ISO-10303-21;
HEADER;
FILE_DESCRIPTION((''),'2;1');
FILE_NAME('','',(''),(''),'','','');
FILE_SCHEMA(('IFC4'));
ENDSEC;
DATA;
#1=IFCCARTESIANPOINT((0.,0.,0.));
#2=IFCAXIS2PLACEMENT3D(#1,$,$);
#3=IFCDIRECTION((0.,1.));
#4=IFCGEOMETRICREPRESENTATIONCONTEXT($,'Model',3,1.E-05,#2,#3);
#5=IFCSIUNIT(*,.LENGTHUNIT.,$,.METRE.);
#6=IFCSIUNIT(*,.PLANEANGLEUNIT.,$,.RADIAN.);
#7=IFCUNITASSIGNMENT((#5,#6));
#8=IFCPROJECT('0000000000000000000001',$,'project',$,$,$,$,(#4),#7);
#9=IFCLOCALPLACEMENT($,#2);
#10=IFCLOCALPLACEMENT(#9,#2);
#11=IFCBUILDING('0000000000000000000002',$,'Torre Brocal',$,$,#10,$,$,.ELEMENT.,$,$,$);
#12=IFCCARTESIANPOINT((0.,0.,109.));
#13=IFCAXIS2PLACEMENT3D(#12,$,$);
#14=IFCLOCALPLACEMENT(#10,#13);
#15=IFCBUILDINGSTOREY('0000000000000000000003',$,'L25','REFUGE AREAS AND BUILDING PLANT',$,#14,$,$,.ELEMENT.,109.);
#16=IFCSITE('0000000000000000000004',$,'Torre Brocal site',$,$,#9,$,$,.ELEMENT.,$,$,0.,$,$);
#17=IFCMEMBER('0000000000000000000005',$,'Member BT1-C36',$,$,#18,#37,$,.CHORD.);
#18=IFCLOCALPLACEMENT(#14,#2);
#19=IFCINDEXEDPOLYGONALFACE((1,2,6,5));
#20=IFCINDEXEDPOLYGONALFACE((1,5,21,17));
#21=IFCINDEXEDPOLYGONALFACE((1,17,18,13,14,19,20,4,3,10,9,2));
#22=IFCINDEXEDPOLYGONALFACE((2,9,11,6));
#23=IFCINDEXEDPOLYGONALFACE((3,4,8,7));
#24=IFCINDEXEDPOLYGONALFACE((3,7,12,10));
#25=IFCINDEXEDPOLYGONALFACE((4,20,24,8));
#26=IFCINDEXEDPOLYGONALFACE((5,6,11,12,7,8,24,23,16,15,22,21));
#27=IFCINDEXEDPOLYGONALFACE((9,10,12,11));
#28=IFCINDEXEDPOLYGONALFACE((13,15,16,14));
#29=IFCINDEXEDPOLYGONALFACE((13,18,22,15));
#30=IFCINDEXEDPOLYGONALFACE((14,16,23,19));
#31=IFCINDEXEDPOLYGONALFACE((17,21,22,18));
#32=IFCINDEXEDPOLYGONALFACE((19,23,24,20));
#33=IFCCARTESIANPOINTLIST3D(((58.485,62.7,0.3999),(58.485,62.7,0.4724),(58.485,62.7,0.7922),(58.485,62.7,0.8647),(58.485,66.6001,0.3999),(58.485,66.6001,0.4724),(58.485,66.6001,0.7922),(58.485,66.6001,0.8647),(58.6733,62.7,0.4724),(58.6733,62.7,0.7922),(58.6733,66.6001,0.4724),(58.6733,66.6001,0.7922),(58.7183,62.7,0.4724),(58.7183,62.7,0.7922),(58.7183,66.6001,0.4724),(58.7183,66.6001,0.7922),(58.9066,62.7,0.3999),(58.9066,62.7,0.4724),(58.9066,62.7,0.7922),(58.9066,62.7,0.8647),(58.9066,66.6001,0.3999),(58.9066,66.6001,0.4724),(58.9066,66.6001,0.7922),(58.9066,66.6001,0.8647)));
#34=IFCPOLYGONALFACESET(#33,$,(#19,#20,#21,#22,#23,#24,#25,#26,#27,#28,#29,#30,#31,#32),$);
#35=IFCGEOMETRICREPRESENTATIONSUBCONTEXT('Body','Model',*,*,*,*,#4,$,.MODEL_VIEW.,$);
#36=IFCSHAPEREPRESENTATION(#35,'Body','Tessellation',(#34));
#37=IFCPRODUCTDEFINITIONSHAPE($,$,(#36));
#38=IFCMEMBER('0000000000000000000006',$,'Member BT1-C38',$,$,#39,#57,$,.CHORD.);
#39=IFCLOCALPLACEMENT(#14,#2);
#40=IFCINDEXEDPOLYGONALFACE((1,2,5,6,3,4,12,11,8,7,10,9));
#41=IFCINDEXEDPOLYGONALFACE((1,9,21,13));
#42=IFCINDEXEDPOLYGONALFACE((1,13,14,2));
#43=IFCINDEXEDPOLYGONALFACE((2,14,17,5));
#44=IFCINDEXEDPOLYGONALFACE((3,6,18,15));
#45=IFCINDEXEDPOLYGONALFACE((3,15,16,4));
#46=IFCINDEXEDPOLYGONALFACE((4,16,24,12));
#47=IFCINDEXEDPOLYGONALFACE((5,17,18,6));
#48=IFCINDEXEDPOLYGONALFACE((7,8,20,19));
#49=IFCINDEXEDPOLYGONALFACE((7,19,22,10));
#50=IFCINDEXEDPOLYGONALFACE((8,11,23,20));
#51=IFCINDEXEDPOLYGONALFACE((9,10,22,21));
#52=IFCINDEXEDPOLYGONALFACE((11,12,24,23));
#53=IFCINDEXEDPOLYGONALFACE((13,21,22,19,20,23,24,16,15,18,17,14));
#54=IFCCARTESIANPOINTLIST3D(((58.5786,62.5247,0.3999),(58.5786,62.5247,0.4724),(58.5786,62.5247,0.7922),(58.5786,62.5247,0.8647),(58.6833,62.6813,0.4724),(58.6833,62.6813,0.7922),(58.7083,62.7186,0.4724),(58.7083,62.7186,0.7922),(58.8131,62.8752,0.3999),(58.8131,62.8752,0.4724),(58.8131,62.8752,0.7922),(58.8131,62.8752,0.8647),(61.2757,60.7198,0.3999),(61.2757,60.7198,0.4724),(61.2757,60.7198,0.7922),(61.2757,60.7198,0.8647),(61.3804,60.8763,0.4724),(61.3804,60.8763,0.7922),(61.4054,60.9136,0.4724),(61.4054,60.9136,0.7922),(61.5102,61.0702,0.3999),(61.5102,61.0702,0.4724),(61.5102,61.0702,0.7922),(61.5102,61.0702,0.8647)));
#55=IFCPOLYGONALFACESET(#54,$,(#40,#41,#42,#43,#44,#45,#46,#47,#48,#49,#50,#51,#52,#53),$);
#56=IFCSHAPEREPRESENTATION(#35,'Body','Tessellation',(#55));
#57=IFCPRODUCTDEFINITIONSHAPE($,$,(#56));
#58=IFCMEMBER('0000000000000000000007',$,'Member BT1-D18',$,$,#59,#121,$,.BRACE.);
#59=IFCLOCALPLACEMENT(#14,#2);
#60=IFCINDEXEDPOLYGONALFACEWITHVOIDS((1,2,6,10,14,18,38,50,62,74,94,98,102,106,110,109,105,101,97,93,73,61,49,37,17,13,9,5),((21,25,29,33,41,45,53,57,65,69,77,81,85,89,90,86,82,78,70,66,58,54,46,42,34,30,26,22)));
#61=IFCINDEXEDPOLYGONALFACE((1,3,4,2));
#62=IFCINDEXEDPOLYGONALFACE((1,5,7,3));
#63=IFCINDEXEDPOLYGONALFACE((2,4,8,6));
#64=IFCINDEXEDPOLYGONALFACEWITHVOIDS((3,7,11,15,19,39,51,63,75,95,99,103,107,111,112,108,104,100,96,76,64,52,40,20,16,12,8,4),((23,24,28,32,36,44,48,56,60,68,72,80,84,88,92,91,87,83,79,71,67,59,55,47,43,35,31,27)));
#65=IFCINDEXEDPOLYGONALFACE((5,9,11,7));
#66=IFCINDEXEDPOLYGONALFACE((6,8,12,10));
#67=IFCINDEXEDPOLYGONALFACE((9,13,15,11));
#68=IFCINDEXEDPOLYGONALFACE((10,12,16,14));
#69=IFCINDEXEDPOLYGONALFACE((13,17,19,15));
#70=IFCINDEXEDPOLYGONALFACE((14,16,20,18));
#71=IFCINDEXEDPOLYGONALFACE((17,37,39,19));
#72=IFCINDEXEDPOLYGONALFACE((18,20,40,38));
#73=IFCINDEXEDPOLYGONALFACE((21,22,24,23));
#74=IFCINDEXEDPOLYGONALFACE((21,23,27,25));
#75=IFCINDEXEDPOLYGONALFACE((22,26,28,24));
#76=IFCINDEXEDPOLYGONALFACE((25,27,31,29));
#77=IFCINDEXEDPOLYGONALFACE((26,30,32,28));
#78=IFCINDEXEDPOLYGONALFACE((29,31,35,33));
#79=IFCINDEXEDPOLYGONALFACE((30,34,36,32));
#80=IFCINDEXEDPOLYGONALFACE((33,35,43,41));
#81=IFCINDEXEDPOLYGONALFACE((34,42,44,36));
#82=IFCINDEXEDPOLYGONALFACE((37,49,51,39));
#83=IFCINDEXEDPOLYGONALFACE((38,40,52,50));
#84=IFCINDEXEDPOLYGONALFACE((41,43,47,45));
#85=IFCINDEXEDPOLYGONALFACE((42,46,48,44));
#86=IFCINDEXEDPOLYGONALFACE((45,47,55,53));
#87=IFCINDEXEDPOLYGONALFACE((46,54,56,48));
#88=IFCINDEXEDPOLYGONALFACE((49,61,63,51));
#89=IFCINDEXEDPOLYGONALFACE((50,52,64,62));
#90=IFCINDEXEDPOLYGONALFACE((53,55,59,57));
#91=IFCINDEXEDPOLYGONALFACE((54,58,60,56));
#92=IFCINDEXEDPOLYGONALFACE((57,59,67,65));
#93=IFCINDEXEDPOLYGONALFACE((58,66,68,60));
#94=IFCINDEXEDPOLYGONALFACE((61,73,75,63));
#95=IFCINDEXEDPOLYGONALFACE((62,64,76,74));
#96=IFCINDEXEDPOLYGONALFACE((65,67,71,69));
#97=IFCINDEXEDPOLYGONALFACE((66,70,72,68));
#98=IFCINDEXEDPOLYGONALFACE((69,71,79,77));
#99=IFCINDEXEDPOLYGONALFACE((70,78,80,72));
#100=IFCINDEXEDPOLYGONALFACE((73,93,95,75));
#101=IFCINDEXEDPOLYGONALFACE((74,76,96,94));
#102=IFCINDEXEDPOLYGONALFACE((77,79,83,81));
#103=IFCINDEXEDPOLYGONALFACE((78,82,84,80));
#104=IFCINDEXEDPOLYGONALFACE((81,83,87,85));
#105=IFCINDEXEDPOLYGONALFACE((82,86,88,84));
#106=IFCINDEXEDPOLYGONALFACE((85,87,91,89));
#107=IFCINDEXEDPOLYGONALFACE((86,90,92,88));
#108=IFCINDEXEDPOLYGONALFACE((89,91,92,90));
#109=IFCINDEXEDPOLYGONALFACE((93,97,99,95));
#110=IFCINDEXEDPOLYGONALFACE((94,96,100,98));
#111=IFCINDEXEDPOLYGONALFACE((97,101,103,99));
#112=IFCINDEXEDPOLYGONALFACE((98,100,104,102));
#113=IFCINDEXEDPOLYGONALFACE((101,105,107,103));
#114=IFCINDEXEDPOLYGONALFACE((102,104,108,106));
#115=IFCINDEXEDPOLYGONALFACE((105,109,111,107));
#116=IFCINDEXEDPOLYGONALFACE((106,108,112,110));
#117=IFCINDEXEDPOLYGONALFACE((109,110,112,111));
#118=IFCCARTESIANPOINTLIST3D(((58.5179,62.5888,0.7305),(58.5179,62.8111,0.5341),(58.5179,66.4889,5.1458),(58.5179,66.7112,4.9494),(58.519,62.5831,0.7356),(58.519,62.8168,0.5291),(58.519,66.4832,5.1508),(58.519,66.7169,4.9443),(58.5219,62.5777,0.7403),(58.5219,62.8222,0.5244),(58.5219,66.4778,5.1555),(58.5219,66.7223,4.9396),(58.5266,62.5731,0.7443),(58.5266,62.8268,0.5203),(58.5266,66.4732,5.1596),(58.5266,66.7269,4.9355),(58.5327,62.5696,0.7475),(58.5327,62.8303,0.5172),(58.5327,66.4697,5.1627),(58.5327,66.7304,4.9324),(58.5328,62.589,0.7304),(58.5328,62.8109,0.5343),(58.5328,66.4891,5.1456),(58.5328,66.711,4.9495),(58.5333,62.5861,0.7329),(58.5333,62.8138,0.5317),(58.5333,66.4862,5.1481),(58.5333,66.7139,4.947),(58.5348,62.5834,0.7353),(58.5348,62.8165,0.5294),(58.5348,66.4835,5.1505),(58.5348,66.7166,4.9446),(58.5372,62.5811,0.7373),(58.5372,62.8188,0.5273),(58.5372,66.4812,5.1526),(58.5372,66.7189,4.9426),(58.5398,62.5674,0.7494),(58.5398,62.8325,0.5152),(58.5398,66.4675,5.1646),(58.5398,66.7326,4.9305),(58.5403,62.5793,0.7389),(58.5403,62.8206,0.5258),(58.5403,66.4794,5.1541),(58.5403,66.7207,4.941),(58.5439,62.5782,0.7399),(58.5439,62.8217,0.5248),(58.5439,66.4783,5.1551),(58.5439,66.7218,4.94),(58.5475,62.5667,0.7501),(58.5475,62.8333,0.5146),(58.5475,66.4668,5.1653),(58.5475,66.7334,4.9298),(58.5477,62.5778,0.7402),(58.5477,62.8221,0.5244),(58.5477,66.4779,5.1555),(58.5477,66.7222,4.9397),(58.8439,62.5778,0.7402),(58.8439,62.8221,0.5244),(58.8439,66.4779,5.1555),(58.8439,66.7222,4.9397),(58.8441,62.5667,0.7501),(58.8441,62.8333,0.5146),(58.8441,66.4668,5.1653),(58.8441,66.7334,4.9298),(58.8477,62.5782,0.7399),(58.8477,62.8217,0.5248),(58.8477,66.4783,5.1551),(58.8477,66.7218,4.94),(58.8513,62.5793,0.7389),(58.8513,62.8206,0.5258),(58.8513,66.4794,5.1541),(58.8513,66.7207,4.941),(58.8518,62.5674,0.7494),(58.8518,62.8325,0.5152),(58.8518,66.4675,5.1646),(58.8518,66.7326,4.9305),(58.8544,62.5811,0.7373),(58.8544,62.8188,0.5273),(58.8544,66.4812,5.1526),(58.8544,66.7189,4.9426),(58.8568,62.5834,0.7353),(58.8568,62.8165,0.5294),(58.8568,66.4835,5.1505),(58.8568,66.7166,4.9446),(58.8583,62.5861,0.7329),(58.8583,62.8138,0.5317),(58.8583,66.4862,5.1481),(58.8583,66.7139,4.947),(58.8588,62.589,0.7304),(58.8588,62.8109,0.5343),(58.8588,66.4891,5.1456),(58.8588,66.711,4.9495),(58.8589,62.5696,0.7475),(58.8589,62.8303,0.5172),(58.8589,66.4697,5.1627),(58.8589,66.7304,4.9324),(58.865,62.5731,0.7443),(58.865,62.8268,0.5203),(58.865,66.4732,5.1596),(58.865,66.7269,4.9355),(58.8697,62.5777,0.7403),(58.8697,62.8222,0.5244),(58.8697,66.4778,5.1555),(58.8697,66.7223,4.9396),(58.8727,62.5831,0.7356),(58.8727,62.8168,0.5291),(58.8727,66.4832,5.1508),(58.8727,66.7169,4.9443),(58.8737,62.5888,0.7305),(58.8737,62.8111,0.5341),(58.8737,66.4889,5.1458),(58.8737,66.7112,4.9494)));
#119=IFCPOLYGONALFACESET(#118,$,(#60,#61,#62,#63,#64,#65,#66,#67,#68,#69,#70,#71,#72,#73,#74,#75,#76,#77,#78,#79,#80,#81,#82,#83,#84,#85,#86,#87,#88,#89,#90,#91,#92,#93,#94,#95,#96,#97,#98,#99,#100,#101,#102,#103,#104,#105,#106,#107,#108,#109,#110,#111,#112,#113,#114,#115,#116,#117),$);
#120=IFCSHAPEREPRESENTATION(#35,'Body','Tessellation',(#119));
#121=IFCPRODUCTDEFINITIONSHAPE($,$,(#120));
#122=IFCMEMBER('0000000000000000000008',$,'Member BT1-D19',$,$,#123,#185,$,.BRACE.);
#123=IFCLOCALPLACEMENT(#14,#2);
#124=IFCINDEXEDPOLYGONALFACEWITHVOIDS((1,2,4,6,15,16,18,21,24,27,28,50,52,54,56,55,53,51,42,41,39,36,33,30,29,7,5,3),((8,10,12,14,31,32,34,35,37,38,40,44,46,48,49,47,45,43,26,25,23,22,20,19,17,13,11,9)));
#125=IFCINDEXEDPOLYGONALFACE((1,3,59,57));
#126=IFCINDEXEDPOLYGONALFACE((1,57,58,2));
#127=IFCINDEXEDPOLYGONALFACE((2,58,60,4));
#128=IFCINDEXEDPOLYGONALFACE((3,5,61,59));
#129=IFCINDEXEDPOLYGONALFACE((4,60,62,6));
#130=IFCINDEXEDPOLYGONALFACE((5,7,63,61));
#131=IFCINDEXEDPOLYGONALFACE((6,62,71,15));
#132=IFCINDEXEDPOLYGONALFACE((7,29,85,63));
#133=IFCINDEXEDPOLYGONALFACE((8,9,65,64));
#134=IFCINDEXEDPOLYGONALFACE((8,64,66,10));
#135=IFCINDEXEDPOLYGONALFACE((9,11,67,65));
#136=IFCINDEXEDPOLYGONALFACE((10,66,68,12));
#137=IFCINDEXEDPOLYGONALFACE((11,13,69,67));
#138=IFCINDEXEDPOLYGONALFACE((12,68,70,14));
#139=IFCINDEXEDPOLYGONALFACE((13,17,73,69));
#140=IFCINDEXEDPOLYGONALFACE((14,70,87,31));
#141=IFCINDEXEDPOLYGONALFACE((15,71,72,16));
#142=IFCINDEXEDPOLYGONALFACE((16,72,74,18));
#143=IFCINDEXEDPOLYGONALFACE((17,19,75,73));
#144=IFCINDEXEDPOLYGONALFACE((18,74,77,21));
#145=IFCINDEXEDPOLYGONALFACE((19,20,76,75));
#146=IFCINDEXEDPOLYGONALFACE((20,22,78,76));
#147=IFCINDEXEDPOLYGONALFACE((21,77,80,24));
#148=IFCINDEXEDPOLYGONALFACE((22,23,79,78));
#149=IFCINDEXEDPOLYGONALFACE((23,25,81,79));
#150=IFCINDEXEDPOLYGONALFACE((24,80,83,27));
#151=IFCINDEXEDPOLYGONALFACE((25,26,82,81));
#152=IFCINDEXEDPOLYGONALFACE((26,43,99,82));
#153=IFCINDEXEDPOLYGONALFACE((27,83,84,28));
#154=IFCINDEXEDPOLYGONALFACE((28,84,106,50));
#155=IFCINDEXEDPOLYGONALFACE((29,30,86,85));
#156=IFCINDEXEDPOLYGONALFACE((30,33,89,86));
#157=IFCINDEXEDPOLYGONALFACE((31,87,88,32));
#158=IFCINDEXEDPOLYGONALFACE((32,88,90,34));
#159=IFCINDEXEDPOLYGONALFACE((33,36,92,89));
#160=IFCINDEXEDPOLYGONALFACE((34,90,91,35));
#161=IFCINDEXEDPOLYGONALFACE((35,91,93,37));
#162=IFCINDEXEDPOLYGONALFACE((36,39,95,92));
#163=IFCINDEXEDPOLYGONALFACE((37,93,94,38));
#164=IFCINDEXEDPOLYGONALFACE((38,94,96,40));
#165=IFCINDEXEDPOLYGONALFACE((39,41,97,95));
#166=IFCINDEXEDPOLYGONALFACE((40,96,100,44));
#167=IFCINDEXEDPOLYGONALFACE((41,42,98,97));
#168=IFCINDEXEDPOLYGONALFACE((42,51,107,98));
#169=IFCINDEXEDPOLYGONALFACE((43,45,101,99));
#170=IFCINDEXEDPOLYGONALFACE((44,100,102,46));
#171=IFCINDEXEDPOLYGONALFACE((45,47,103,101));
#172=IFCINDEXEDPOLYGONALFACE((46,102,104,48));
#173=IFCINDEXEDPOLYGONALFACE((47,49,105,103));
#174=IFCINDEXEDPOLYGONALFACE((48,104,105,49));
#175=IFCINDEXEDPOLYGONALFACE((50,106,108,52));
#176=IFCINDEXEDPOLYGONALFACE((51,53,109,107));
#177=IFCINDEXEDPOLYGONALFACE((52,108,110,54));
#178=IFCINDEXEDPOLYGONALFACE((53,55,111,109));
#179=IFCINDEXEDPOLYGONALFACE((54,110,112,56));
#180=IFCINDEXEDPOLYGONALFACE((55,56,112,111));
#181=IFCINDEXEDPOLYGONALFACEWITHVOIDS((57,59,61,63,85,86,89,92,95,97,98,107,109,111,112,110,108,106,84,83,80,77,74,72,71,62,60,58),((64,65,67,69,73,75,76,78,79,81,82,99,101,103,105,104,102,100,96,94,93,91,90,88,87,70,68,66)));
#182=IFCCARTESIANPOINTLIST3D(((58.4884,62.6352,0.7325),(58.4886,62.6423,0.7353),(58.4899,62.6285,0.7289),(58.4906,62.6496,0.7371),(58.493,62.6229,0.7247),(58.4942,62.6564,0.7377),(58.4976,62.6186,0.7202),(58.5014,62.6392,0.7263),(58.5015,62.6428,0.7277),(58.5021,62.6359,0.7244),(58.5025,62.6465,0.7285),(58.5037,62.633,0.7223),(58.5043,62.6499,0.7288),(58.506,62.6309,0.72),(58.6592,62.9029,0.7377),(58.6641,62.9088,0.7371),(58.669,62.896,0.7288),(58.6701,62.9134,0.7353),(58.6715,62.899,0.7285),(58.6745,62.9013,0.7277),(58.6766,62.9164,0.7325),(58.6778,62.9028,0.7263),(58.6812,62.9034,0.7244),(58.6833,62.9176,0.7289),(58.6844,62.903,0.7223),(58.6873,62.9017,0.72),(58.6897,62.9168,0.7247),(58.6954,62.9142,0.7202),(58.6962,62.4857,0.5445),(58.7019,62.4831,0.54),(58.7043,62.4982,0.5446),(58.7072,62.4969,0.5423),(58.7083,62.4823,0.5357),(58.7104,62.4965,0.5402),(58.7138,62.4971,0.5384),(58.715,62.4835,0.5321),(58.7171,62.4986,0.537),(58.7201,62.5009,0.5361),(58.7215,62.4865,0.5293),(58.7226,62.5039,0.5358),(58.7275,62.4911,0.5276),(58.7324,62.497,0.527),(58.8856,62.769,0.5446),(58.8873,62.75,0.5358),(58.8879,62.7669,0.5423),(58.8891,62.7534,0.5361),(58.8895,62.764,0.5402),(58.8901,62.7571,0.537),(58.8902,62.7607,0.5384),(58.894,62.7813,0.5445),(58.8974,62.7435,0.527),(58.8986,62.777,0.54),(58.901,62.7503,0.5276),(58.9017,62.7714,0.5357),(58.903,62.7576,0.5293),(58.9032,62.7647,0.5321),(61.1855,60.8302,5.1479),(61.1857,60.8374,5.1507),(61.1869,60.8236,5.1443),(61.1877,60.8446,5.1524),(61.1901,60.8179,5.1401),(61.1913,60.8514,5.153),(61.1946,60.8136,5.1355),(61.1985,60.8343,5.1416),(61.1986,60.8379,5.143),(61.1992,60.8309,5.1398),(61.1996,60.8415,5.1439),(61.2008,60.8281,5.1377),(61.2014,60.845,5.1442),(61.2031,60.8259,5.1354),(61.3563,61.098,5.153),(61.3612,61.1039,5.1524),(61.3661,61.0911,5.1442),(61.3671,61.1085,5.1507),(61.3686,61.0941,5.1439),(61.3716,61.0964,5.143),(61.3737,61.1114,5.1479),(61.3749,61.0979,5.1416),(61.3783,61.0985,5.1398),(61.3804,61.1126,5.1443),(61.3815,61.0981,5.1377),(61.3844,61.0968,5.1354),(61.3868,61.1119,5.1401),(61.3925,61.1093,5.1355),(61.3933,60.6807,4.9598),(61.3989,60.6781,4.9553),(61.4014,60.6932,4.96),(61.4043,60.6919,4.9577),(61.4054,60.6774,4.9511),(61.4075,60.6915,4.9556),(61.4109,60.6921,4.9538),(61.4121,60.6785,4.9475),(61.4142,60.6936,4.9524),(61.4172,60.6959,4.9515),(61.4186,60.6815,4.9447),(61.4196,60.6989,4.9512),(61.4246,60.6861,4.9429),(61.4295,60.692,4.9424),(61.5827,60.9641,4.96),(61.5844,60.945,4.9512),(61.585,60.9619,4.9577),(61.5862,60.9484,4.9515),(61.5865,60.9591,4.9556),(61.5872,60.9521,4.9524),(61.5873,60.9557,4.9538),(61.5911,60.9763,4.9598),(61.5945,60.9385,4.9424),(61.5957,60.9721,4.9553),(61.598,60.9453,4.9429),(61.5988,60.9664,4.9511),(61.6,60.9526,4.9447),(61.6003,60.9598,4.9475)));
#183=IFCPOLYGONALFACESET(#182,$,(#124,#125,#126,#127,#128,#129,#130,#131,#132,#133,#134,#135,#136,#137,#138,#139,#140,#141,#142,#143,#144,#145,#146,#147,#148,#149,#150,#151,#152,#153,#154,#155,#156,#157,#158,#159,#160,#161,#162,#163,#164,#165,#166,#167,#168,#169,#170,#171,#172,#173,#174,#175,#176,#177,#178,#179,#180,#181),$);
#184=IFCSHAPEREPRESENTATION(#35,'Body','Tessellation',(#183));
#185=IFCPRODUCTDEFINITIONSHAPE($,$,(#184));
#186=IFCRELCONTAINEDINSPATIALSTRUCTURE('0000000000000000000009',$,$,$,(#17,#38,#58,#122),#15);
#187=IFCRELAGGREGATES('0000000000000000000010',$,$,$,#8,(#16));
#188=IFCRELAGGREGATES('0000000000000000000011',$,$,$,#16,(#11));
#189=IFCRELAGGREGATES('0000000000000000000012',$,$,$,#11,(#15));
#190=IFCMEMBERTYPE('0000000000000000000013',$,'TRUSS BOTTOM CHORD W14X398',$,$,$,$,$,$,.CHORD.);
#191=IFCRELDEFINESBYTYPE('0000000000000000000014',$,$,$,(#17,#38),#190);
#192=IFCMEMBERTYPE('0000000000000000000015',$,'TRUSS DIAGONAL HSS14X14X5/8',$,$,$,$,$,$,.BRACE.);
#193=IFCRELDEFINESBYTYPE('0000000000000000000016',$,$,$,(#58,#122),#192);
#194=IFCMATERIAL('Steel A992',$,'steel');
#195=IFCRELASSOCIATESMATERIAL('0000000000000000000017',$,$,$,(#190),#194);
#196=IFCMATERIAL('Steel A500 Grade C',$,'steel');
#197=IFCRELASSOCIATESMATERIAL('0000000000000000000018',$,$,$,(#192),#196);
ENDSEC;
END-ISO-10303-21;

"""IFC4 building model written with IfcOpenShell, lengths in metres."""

from ifc_helpers import new_model, si_unit, direction, frame, origin, origin_2d, place, context, subcontext, project, spatial, hollow_rectangle, i_section, extrude, material, material_profile, profile_set, type_object, element, save


model = new_model("IFC4")

# Units and contexts
model_context = context("Model", 3, precision=1e-05, world=origin(), true_north=direction((0.0, 1.0)))
body_context = subcontext(model_context, "Body", "Model", "MODEL_VIEW")
ifc_project = project(units=[si_unit("LENGTHUNIT", "METRE"), si_unit("PLANEANGLEUNIT", "RADIAN")], contexts=[model_context])

# Site, building, storey
site_placement = place(None, origin())
site = spatial("IfcSite", under=ifc_project, at=site_placement, Name="Torre Brocal site", CompositionType="ELEMENT", RefElevation=0.0)
building_placement = place(site_placement, origin())
building = spatial("IfcBuilding", under=site, at=building_placement, Name="Torre Brocal", CompositionType="ELEMENT")
storey_placement = place(building_placement, frame((0.0, 0.0, 109.0)))
storey = spatial("IfcBuildingStorey", under=building, at=storey_placement, Name="L25", Description="REFUGE AREAS AND BUILDING PLANT", CompositionType="ELEMENT", Elevation=109.0)

# Members
ifc_material_1 = material(Name="Steel A992", Category="steel")
ifc_material_profile_1 = material_profile(ifc_material_1, i_section(OverallWidth=0.4216, OverallDepth=0.4648, WebThickness=0.0449, FlangeThickness=0.0725, at=origin_2d()), Name="W14X398")
ifc_profile_set_1 = profile_set([ifc_material_profile_1], Name="Steel A992")
member_type_1 = type_object("IfcMemberType", Name="TRUSS BOTTOM CHORD W14X398", PredefinedType="CHORD", material=ifc_profile_set_1)
member_1_placement = place(storey_placement, frame((58.6958, 62.7, 0.6323), z_axis=(0.0, 1.0, 0.0), x_axis=(-1.0, 0.0, 0.0)))
element("IfcMember", 1, at=member_1_placement, inside=storey, type_object=member_type_1, Name="Member BT1-C36", PredefinedType="CHORD", context=body_context, shape_type="SweptSolid", body=[
    extrude(i_section(OverallWidth=0.4216, OverallDepth=0.4648, WebThickness=0.0449, FlangeThickness=0.0725, at=origin_2d()), origin(), (0.0, 0.0, 1.0), 3.9001),
])
member_2_placement = place(storey_placement, frame((58.6958, 62.7, 0.6323), z_axis=(0.831065, -0.556175, 0.0), x_axis=(0.556175, 0.831065, 0.0)))
element("IfcMember", 2, at=member_2_placement, inside=storey, type_object=member_type_1, Name="Member BT1-C38", PredefinedType="CHORD", context=body_context, shape_type="SweptSolid", body=[
    extrude(i_section(OverallWidth=0.4216, OverallDepth=0.4648, WebThickness=0.0449, FlangeThickness=0.0725, at=origin_2d()), origin(), (0.0, 0.0, 1.0), 3.2454),
])
ifc_material_2 = material(Name="Steel A500 Grade C", Category="steel")
ifc_material_profile_2 = material_profile(ifc_material_2, hollow_rectangle(XDim=0.3557, YDim=0.3557, WallThickness=0.0149, InnerFilletRadius=0.0149, OuterFilletRadius=0.0295, at=origin_2d()), Name="HSS14X14X5/8")
ifc_profile_set_2 = profile_set([ifc_material_profile_2], Name="Steel A500 Grade C")
member_type_2 = type_object("IfcMemberType", Name="TRUSS DIAGONAL HSS14X14X5/8", PredefinedType="BRACE", material=ifc_profile_set_2)
member_3_placement = place(storey_placement, frame((58.6958, 62.7, 0.6323), z_axis=(0.0, 0.662033, 0.749475), x_axis=(-1.0, 0.0, 0.0)))
element("IfcMember", 3, at=member_3_placement, inside=storey, type_object=member_type_2, Name="Member BT1-D18", PredefinedType="BRACE", context=body_context, shape_type="SweptSolid", body=[
    extrude(hollow_rectangle(XDim=0.3557, YDim=0.3557, WallThickness=0.0149, InnerFilletRadius=0.0149, OuterFilletRadius=0.0295, at=origin_2d()), origin(), (0.0, 0.0, 1.0), 5.8911),
])
member_4_placement = place(storey_placement, frame((58.6958, 62.7, 0.6323), z_axis=(0.49219, -0.329389, 0.805762), x_axis=(0.556175, 0.831065, 0.0)))
element("IfcMember", 4, at=member_4_placement, inside=storey, type_object=member_type_2, Name="Member BT1-D19", PredefinedType="BRACE", context=body_context, shape_type="SweptSolid", body=[
    extrude(hollow_rectangle(XDim=0.3557, YDim=0.3557, WallThickness=0.0149, InnerFilletRadius=0.0149, OuterFilletRadius=0.0295, at=origin_2d()), origin(), (0.0, 0.0, 1.0), 5.4797),
])

save(model, "model.ifc")
